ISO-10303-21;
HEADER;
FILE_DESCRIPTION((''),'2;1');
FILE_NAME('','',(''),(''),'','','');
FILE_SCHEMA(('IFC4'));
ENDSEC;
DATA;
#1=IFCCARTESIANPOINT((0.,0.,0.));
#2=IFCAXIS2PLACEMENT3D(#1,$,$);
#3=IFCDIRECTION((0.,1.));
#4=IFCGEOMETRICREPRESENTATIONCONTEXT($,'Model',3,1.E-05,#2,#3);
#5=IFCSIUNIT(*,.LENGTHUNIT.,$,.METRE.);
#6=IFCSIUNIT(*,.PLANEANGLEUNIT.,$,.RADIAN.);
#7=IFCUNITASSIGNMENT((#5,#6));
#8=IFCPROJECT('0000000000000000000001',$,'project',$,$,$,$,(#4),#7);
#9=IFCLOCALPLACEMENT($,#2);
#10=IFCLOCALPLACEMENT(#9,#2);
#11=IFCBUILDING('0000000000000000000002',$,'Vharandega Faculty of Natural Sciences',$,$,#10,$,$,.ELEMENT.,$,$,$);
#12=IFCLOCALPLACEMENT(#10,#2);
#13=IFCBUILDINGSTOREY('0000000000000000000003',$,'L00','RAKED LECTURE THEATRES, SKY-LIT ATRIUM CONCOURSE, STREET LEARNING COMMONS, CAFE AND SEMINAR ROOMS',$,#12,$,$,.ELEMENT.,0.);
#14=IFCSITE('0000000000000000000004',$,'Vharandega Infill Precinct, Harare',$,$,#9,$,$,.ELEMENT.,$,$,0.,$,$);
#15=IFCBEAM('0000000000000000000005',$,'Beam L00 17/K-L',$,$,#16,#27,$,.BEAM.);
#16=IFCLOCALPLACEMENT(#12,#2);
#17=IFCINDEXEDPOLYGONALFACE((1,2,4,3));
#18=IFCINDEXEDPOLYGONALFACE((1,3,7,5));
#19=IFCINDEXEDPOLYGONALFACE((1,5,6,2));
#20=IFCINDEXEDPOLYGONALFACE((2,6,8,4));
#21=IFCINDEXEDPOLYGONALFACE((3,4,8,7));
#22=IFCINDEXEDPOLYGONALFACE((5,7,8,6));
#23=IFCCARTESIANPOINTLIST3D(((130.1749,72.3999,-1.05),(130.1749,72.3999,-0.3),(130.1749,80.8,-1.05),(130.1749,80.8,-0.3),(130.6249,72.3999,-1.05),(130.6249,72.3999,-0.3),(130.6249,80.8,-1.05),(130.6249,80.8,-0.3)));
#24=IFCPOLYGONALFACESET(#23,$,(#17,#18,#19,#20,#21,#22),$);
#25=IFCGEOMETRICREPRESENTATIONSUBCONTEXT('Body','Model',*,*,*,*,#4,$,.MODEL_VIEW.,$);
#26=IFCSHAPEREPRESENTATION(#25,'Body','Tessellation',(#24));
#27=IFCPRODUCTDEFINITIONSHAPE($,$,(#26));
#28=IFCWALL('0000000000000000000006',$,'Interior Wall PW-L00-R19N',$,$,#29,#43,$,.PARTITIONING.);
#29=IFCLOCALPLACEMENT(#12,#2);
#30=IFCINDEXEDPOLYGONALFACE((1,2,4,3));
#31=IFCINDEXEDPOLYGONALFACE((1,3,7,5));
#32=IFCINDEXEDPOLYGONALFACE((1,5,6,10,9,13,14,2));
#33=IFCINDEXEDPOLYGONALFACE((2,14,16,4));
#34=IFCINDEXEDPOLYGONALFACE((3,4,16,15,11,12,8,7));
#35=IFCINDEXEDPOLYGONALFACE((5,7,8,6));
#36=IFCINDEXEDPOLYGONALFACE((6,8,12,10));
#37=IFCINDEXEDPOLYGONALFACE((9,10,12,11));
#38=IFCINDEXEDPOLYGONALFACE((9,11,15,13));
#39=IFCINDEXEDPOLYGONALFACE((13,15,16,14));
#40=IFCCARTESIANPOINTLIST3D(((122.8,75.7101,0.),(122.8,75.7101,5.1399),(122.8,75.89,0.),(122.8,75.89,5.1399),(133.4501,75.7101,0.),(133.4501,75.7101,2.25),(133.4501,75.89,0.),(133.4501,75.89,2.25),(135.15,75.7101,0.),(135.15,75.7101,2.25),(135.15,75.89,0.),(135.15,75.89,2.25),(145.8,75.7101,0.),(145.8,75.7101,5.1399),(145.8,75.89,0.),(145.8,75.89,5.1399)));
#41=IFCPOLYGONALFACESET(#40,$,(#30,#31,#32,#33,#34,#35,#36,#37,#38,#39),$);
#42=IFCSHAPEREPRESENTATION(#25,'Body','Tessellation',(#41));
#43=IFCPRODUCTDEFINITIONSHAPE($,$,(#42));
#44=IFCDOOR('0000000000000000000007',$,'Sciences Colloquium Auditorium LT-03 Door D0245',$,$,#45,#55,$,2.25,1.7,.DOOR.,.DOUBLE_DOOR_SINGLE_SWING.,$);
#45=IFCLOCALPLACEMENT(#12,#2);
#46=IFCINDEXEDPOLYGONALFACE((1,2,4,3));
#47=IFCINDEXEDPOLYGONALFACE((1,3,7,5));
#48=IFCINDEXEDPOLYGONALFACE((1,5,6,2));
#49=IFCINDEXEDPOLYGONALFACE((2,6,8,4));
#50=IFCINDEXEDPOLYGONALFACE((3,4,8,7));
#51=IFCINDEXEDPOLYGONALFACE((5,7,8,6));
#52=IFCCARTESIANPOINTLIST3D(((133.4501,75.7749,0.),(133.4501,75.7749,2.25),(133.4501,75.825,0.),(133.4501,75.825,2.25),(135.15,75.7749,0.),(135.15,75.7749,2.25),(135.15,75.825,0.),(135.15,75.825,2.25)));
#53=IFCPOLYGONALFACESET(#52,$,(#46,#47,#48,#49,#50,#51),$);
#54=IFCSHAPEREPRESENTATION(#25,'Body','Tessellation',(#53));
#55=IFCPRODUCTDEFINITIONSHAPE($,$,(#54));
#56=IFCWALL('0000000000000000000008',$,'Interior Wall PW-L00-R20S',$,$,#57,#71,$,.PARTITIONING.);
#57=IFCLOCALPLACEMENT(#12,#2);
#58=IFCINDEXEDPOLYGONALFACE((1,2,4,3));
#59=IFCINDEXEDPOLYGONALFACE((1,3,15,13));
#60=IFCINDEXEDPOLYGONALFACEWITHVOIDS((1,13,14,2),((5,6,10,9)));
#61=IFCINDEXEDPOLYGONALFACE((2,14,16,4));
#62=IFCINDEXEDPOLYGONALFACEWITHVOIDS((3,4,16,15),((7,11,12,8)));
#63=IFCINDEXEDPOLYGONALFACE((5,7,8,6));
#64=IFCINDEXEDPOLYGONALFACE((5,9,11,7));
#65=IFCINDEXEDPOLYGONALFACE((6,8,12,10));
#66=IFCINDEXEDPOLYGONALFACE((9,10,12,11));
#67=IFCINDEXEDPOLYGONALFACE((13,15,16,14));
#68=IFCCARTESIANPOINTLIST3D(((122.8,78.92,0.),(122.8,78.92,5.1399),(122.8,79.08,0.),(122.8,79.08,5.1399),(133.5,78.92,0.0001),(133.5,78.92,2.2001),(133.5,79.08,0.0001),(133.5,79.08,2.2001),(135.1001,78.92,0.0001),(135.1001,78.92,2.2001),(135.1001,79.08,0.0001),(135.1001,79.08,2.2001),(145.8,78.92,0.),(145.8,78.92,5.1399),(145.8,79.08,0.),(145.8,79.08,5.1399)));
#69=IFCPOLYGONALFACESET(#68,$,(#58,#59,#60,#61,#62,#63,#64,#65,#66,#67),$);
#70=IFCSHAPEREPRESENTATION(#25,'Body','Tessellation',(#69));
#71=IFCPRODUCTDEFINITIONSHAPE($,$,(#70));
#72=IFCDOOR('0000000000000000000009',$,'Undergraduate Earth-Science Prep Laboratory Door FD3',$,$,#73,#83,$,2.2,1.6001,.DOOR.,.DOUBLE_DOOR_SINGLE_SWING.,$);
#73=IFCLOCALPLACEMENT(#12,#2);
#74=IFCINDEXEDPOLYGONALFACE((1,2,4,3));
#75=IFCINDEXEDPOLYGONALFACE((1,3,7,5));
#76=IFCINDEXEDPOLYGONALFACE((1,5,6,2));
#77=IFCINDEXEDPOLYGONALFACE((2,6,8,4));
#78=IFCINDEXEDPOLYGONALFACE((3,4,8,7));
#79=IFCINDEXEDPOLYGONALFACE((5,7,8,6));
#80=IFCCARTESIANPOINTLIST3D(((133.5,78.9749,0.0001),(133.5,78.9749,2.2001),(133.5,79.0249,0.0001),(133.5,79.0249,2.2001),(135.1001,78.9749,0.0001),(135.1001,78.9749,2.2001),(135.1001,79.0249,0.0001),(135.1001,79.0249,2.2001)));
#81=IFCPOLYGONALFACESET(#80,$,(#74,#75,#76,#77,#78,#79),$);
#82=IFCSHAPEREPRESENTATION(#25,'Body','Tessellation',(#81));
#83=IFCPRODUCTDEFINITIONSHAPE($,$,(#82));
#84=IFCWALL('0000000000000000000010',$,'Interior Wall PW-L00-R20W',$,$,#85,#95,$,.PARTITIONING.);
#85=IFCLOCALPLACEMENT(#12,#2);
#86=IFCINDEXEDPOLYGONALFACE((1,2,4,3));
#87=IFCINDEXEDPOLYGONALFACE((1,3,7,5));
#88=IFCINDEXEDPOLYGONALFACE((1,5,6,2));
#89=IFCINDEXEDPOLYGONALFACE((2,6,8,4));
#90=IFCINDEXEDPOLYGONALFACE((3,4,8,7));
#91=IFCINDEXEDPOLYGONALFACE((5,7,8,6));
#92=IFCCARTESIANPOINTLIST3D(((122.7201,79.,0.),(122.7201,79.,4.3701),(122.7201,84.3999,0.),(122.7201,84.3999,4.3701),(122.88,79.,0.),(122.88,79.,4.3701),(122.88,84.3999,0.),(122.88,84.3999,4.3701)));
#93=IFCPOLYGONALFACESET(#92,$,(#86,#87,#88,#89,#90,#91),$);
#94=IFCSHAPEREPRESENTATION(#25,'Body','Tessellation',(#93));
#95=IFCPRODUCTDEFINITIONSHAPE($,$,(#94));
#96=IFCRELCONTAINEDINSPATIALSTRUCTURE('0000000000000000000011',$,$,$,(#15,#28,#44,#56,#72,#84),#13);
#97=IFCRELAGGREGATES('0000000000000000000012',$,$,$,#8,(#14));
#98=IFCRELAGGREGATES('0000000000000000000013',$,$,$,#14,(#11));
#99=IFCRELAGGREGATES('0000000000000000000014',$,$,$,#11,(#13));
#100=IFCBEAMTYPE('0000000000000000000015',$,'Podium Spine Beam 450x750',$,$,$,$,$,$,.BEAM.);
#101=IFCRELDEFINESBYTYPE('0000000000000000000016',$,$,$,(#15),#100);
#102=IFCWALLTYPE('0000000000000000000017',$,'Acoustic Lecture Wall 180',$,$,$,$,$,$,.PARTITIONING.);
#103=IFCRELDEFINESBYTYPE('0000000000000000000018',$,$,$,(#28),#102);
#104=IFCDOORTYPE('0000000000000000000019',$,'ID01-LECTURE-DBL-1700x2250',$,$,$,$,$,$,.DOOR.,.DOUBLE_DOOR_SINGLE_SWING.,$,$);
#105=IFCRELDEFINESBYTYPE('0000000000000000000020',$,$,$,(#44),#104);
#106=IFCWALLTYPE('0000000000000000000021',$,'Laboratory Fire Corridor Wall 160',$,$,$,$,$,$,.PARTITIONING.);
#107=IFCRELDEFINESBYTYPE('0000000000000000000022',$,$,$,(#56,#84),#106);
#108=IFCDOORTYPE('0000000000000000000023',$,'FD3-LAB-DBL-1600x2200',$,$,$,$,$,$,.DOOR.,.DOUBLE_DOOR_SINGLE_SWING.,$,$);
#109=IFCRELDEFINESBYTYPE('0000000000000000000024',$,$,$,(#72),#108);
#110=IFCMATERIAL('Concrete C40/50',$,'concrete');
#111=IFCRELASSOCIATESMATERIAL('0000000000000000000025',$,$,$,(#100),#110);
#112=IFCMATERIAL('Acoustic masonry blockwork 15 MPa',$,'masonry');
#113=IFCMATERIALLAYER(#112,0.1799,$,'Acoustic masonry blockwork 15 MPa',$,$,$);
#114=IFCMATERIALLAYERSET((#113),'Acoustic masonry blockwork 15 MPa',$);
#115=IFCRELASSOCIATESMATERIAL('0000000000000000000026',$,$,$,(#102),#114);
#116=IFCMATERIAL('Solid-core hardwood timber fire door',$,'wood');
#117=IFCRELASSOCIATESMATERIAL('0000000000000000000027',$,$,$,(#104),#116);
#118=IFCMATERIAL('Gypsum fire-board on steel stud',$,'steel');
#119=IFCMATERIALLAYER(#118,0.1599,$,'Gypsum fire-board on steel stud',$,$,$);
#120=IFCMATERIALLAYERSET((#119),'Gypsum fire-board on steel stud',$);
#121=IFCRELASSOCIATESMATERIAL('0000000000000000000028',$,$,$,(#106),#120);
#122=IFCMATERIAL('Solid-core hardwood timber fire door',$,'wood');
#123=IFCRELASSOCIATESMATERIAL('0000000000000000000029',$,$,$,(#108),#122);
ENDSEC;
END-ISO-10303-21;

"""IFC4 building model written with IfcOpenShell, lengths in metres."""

from ifc_helpers import new_model, si_unit, direction, frame, frame_2d, origin, origin_2d, place, context, subcontext, project, spatial, rectangle, extrude, material, layer, layer_set, material_profile, profile_set, type_object, element, fill, save


model = new_model("IFC4")

# Units and contexts
model_context = context("Model", 3, precision=1e-05, world=origin(), true_north=direction((0.0, 1.0)))
body_context = subcontext(model_context, "Body", "Model", "MODEL_VIEW")
ifc_project = project(units=[si_unit("LENGTHUNIT", "METRE"), si_unit("PLANEANGLEUNIT", "RADIAN")], contexts=[model_context])

# Site, building, storey
site_placement = place(None, origin())
site = spatial("IfcSite", under=ifc_project, at=site_placement, Name="Vharandega Infill Precinct, Harare", CompositionType="ELEMENT", RefElevation=0.0)
building_placement = place(site_placement, origin())
building = spatial("IfcBuilding", under=site, at=building_placement, Name="Vharandega Faculty of Natural Sciences", CompositionType="ELEMENT")
storey_placement = place(building_placement, origin())
storey = spatial("IfcBuildingStorey", under=building, at=storey_placement, Name="L00", Description="RAKED LECTURE THEATRES, SKY-LIT ATRIUM CONCOURSE, STREET LEARNING COMMONS, CAFE AND SEMINAR ROOMS", CompositionType="ELEMENT", Elevation=0.0)

# Beam
ifc_material_1 = material(Name="Concrete C40/50", Category="concrete")
ifc_material_profile_1 = material_profile(ifc_material_1, rectangle(XDim=0.45, YDim=0.75, at=origin_2d()), Name="RC 450x750")
ifc_profile_set_1 = profile_set([ifc_material_profile_1], Name="Concrete C40/50")
beam_type_1 = type_object("IfcBeamType", Name="Podium Spine Beam 450x750", PredefinedType="BEAM", material=ifc_profile_set_1)
beam_1_placement = place(storey_placement, frame((130.3999, 72.3999, -0.675), z_axis=(0.0, 1.0, 0.0), x_axis=(-1.0, 0.0, 0.0)))
element("IfcBeam", 1, at=beam_1_placement, inside=storey, type_object=beam_type_1, Name="Beam L00 17/K-L", PredefinedType="BEAM", context=body_context, shape_type="SweptSolid", body=[
    extrude(rectangle(XDim=0.45, YDim=0.75, at=origin_2d()), origin(), (0.0, 0.0, 1.0), 8.4001),
])

# Walls, openings, doors
ifc_material_2 = material(Name="Acoustic masonry blockwork 15 MPa", Category="masonry")
ifc_layer_1 = layer(ifc_material_2, 0.1799, Name="Acoustic masonry blockwork 15 MPa")
ifc_layer_set_1 = layer_set([ifc_layer_1], Name="Acoustic masonry blockwork 15 MPa")
wall_type_1 = type_object("IfcWallType", Name="Acoustic Lecture Wall 180", PredefinedType="PARTITIONING", material=ifc_layer_set_1)
wall_1_placement = place(storey_placement, frame((122.8, 75.8, 0.0), z_axis=(0.0, 0.0, 1.0), x_axis=(1.0, 0.0, 0.0)))
wall_1 = element("IfcWall", 2, at=wall_1_placement, inside=storey, type_object=wall_type_1, Name="Interior Wall PW-L00-R19N", PredefinedType="PARTITIONING", context=body_context, shape_type="SweptSolid", body=[
    extrude(rectangle(XDim=23.0, YDim=0.1799, at=frame_2d((11.5, 0.0))), origin(), (0.0, 0.0, 1.0), 5.1399),
])
opening_1_placement = place(wall_1_placement, frame((10.6499, 0.0, 0.0)))
opening_1 = element("IfcOpeningElement", 3, at=opening_1_placement, cuts=wall_1, PredefinedType="OPENING", context=body_context, shape_type="SweptSolid", body=[
    extrude(rectangle(XDim=1.7, YDim=2.25, at=frame_2d((0.8501, 1.125))), frame((0.0, 0.1001, 0.0), z_axis=(0.0, -1.0, 0.0), x_axis=(1.0, 0.0, 0.0)), (0.0, 0.0, 1.0), 0.2),
])
ifc_material_3 = material(Name="Solid-core hardwood timber fire door", Category="wood")
door_type_1 = type_object("IfcDoorType", Name="ID01-LECTURE-DBL-1700x2250", OperationType="DOUBLE_DOOR_SINGLE_SWING", PredefinedType="DOOR", material=ifc_material_3)
door_1_placement = place(opening_1_placement, origin())
door_1 = element("IfcDoor", 4, at=door_1_placement, inside=storey, type_object=door_type_1, Name="Sciences Colloquium Auditorium LT-03 Door D0245", OperationType="DOUBLE_DOOR_SINGLE_SWING", OverallHeight=2.25, OverallWidth=1.7, PredefinedType="DOOR", context=body_context, shape_type="SweptSolid", body=[
    extrude(rectangle(XDim=1.7, YDim=2.25, at=frame_2d((0.8501, 1.125))), frame((0.0, 0.0249, 0.0), z_axis=(0.0, -1.0, 0.0), x_axis=(1.0, 0.0, 0.0)), (0.0, 0.0, 1.0), 0.05),
])
fill(opening_1, door_1)
ifc_material_4 = material(Name="Gypsum fire-board on steel stud", Category="steel")
ifc_layer_2 = layer(ifc_material_4, 0.1599, Name="Gypsum fire-board on steel stud")
ifc_layer_set_2 = layer_set([ifc_layer_2], Name="Gypsum fire-board on steel stud")
wall_type_2 = type_object("IfcWallType", Name="Laboratory Fire Corridor Wall 160", PredefinedType="PARTITIONING", material=ifc_layer_set_2)
wall_2_placement = place(storey_placement, frame((122.8, 79.0, 0.0), z_axis=(0.0, 0.0, 1.0), x_axis=(1.0, 0.0, 0.0)))
wall_2 = element("IfcWall", 5, at=wall_2_placement, inside=storey, type_object=wall_type_2, Name="Interior Wall PW-L00-R20S", PredefinedType="PARTITIONING", context=body_context, shape_type="SweptSolid", body=[
    extrude(rectangle(XDim=23.0, YDim=0.1599, at=frame_2d((11.5, 0.0))), origin(), (0.0, 0.0, 1.0), 5.1399),
])
opening_2_placement = place(wall_2_placement, frame((10.7, 0.0, 0.0)))
opening_2 = element("IfcOpeningElement", 6, at=opening_2_placement, cuts=wall_2, PredefinedType="OPENING", context=body_context, shape_type="SweptSolid", body=[
    extrude(rectangle(XDim=1.6001, YDim=2.2, at=frame_2d((0.8, 1.1001))), frame((0.0, 0.0898, 0.0), z_axis=(0.0, -1.0, 0.0), x_axis=(1.0, 0.0, 0.0)), (0.0, 0.0, 1.0), 0.1799),
])
ifc_material_5 = material(Name="Solid-core hardwood timber fire door", Category="wood")
door_type_2 = type_object("IfcDoorType", Name="FD3-LAB-DBL-1600x2200", OperationType="DOUBLE_DOOR_SINGLE_SWING", PredefinedType="DOOR", material=ifc_material_5)
door_2_placement = place(opening_2_placement, origin())
door_2 = element("IfcDoor", 7, at=door_2_placement, inside=storey, type_object=door_type_2, Name="Undergraduate Earth-Science Prep Laboratory Door FD3", OperationType="DOUBLE_DOOR_SINGLE_SWING", OverallHeight=2.2, OverallWidth=1.6001, PredefinedType="DOOR", context=body_context, shape_type="SweptSolid", body=[
    extrude(rectangle(XDim=1.6001, YDim=2.2, at=frame_2d((0.8, 1.1001))), frame((0.0, 0.0249, 0.0), z_axis=(0.0, -1.0, 0.0), x_axis=(1.0, 0.0, 0.0)), (0.0, 0.0, 1.0), 0.05),
])
fill(opening_2, door_2)

# Wall
wall_3_placement = place(storey_placement, frame((122.8, 79.0, 0.0), z_axis=(0.0, 0.0, 1.0), x_axis=(0.0, 1.0, 0.0)))
element("IfcWall", 8, at=wall_3_placement, inside=storey, type_object=wall_type_2, Name="Interior Wall PW-L00-R20W", PredefinedType="PARTITIONING", context=body_context, shape_type="SweptSolid", body=[
    extrude(rectangle(XDim=5.3999, YDim=0.1599, at=frame_2d((2.7, 0.0))), origin(), (0.0, 0.0, 1.0), 4.3701),
])

save(model, "model.ifc")
